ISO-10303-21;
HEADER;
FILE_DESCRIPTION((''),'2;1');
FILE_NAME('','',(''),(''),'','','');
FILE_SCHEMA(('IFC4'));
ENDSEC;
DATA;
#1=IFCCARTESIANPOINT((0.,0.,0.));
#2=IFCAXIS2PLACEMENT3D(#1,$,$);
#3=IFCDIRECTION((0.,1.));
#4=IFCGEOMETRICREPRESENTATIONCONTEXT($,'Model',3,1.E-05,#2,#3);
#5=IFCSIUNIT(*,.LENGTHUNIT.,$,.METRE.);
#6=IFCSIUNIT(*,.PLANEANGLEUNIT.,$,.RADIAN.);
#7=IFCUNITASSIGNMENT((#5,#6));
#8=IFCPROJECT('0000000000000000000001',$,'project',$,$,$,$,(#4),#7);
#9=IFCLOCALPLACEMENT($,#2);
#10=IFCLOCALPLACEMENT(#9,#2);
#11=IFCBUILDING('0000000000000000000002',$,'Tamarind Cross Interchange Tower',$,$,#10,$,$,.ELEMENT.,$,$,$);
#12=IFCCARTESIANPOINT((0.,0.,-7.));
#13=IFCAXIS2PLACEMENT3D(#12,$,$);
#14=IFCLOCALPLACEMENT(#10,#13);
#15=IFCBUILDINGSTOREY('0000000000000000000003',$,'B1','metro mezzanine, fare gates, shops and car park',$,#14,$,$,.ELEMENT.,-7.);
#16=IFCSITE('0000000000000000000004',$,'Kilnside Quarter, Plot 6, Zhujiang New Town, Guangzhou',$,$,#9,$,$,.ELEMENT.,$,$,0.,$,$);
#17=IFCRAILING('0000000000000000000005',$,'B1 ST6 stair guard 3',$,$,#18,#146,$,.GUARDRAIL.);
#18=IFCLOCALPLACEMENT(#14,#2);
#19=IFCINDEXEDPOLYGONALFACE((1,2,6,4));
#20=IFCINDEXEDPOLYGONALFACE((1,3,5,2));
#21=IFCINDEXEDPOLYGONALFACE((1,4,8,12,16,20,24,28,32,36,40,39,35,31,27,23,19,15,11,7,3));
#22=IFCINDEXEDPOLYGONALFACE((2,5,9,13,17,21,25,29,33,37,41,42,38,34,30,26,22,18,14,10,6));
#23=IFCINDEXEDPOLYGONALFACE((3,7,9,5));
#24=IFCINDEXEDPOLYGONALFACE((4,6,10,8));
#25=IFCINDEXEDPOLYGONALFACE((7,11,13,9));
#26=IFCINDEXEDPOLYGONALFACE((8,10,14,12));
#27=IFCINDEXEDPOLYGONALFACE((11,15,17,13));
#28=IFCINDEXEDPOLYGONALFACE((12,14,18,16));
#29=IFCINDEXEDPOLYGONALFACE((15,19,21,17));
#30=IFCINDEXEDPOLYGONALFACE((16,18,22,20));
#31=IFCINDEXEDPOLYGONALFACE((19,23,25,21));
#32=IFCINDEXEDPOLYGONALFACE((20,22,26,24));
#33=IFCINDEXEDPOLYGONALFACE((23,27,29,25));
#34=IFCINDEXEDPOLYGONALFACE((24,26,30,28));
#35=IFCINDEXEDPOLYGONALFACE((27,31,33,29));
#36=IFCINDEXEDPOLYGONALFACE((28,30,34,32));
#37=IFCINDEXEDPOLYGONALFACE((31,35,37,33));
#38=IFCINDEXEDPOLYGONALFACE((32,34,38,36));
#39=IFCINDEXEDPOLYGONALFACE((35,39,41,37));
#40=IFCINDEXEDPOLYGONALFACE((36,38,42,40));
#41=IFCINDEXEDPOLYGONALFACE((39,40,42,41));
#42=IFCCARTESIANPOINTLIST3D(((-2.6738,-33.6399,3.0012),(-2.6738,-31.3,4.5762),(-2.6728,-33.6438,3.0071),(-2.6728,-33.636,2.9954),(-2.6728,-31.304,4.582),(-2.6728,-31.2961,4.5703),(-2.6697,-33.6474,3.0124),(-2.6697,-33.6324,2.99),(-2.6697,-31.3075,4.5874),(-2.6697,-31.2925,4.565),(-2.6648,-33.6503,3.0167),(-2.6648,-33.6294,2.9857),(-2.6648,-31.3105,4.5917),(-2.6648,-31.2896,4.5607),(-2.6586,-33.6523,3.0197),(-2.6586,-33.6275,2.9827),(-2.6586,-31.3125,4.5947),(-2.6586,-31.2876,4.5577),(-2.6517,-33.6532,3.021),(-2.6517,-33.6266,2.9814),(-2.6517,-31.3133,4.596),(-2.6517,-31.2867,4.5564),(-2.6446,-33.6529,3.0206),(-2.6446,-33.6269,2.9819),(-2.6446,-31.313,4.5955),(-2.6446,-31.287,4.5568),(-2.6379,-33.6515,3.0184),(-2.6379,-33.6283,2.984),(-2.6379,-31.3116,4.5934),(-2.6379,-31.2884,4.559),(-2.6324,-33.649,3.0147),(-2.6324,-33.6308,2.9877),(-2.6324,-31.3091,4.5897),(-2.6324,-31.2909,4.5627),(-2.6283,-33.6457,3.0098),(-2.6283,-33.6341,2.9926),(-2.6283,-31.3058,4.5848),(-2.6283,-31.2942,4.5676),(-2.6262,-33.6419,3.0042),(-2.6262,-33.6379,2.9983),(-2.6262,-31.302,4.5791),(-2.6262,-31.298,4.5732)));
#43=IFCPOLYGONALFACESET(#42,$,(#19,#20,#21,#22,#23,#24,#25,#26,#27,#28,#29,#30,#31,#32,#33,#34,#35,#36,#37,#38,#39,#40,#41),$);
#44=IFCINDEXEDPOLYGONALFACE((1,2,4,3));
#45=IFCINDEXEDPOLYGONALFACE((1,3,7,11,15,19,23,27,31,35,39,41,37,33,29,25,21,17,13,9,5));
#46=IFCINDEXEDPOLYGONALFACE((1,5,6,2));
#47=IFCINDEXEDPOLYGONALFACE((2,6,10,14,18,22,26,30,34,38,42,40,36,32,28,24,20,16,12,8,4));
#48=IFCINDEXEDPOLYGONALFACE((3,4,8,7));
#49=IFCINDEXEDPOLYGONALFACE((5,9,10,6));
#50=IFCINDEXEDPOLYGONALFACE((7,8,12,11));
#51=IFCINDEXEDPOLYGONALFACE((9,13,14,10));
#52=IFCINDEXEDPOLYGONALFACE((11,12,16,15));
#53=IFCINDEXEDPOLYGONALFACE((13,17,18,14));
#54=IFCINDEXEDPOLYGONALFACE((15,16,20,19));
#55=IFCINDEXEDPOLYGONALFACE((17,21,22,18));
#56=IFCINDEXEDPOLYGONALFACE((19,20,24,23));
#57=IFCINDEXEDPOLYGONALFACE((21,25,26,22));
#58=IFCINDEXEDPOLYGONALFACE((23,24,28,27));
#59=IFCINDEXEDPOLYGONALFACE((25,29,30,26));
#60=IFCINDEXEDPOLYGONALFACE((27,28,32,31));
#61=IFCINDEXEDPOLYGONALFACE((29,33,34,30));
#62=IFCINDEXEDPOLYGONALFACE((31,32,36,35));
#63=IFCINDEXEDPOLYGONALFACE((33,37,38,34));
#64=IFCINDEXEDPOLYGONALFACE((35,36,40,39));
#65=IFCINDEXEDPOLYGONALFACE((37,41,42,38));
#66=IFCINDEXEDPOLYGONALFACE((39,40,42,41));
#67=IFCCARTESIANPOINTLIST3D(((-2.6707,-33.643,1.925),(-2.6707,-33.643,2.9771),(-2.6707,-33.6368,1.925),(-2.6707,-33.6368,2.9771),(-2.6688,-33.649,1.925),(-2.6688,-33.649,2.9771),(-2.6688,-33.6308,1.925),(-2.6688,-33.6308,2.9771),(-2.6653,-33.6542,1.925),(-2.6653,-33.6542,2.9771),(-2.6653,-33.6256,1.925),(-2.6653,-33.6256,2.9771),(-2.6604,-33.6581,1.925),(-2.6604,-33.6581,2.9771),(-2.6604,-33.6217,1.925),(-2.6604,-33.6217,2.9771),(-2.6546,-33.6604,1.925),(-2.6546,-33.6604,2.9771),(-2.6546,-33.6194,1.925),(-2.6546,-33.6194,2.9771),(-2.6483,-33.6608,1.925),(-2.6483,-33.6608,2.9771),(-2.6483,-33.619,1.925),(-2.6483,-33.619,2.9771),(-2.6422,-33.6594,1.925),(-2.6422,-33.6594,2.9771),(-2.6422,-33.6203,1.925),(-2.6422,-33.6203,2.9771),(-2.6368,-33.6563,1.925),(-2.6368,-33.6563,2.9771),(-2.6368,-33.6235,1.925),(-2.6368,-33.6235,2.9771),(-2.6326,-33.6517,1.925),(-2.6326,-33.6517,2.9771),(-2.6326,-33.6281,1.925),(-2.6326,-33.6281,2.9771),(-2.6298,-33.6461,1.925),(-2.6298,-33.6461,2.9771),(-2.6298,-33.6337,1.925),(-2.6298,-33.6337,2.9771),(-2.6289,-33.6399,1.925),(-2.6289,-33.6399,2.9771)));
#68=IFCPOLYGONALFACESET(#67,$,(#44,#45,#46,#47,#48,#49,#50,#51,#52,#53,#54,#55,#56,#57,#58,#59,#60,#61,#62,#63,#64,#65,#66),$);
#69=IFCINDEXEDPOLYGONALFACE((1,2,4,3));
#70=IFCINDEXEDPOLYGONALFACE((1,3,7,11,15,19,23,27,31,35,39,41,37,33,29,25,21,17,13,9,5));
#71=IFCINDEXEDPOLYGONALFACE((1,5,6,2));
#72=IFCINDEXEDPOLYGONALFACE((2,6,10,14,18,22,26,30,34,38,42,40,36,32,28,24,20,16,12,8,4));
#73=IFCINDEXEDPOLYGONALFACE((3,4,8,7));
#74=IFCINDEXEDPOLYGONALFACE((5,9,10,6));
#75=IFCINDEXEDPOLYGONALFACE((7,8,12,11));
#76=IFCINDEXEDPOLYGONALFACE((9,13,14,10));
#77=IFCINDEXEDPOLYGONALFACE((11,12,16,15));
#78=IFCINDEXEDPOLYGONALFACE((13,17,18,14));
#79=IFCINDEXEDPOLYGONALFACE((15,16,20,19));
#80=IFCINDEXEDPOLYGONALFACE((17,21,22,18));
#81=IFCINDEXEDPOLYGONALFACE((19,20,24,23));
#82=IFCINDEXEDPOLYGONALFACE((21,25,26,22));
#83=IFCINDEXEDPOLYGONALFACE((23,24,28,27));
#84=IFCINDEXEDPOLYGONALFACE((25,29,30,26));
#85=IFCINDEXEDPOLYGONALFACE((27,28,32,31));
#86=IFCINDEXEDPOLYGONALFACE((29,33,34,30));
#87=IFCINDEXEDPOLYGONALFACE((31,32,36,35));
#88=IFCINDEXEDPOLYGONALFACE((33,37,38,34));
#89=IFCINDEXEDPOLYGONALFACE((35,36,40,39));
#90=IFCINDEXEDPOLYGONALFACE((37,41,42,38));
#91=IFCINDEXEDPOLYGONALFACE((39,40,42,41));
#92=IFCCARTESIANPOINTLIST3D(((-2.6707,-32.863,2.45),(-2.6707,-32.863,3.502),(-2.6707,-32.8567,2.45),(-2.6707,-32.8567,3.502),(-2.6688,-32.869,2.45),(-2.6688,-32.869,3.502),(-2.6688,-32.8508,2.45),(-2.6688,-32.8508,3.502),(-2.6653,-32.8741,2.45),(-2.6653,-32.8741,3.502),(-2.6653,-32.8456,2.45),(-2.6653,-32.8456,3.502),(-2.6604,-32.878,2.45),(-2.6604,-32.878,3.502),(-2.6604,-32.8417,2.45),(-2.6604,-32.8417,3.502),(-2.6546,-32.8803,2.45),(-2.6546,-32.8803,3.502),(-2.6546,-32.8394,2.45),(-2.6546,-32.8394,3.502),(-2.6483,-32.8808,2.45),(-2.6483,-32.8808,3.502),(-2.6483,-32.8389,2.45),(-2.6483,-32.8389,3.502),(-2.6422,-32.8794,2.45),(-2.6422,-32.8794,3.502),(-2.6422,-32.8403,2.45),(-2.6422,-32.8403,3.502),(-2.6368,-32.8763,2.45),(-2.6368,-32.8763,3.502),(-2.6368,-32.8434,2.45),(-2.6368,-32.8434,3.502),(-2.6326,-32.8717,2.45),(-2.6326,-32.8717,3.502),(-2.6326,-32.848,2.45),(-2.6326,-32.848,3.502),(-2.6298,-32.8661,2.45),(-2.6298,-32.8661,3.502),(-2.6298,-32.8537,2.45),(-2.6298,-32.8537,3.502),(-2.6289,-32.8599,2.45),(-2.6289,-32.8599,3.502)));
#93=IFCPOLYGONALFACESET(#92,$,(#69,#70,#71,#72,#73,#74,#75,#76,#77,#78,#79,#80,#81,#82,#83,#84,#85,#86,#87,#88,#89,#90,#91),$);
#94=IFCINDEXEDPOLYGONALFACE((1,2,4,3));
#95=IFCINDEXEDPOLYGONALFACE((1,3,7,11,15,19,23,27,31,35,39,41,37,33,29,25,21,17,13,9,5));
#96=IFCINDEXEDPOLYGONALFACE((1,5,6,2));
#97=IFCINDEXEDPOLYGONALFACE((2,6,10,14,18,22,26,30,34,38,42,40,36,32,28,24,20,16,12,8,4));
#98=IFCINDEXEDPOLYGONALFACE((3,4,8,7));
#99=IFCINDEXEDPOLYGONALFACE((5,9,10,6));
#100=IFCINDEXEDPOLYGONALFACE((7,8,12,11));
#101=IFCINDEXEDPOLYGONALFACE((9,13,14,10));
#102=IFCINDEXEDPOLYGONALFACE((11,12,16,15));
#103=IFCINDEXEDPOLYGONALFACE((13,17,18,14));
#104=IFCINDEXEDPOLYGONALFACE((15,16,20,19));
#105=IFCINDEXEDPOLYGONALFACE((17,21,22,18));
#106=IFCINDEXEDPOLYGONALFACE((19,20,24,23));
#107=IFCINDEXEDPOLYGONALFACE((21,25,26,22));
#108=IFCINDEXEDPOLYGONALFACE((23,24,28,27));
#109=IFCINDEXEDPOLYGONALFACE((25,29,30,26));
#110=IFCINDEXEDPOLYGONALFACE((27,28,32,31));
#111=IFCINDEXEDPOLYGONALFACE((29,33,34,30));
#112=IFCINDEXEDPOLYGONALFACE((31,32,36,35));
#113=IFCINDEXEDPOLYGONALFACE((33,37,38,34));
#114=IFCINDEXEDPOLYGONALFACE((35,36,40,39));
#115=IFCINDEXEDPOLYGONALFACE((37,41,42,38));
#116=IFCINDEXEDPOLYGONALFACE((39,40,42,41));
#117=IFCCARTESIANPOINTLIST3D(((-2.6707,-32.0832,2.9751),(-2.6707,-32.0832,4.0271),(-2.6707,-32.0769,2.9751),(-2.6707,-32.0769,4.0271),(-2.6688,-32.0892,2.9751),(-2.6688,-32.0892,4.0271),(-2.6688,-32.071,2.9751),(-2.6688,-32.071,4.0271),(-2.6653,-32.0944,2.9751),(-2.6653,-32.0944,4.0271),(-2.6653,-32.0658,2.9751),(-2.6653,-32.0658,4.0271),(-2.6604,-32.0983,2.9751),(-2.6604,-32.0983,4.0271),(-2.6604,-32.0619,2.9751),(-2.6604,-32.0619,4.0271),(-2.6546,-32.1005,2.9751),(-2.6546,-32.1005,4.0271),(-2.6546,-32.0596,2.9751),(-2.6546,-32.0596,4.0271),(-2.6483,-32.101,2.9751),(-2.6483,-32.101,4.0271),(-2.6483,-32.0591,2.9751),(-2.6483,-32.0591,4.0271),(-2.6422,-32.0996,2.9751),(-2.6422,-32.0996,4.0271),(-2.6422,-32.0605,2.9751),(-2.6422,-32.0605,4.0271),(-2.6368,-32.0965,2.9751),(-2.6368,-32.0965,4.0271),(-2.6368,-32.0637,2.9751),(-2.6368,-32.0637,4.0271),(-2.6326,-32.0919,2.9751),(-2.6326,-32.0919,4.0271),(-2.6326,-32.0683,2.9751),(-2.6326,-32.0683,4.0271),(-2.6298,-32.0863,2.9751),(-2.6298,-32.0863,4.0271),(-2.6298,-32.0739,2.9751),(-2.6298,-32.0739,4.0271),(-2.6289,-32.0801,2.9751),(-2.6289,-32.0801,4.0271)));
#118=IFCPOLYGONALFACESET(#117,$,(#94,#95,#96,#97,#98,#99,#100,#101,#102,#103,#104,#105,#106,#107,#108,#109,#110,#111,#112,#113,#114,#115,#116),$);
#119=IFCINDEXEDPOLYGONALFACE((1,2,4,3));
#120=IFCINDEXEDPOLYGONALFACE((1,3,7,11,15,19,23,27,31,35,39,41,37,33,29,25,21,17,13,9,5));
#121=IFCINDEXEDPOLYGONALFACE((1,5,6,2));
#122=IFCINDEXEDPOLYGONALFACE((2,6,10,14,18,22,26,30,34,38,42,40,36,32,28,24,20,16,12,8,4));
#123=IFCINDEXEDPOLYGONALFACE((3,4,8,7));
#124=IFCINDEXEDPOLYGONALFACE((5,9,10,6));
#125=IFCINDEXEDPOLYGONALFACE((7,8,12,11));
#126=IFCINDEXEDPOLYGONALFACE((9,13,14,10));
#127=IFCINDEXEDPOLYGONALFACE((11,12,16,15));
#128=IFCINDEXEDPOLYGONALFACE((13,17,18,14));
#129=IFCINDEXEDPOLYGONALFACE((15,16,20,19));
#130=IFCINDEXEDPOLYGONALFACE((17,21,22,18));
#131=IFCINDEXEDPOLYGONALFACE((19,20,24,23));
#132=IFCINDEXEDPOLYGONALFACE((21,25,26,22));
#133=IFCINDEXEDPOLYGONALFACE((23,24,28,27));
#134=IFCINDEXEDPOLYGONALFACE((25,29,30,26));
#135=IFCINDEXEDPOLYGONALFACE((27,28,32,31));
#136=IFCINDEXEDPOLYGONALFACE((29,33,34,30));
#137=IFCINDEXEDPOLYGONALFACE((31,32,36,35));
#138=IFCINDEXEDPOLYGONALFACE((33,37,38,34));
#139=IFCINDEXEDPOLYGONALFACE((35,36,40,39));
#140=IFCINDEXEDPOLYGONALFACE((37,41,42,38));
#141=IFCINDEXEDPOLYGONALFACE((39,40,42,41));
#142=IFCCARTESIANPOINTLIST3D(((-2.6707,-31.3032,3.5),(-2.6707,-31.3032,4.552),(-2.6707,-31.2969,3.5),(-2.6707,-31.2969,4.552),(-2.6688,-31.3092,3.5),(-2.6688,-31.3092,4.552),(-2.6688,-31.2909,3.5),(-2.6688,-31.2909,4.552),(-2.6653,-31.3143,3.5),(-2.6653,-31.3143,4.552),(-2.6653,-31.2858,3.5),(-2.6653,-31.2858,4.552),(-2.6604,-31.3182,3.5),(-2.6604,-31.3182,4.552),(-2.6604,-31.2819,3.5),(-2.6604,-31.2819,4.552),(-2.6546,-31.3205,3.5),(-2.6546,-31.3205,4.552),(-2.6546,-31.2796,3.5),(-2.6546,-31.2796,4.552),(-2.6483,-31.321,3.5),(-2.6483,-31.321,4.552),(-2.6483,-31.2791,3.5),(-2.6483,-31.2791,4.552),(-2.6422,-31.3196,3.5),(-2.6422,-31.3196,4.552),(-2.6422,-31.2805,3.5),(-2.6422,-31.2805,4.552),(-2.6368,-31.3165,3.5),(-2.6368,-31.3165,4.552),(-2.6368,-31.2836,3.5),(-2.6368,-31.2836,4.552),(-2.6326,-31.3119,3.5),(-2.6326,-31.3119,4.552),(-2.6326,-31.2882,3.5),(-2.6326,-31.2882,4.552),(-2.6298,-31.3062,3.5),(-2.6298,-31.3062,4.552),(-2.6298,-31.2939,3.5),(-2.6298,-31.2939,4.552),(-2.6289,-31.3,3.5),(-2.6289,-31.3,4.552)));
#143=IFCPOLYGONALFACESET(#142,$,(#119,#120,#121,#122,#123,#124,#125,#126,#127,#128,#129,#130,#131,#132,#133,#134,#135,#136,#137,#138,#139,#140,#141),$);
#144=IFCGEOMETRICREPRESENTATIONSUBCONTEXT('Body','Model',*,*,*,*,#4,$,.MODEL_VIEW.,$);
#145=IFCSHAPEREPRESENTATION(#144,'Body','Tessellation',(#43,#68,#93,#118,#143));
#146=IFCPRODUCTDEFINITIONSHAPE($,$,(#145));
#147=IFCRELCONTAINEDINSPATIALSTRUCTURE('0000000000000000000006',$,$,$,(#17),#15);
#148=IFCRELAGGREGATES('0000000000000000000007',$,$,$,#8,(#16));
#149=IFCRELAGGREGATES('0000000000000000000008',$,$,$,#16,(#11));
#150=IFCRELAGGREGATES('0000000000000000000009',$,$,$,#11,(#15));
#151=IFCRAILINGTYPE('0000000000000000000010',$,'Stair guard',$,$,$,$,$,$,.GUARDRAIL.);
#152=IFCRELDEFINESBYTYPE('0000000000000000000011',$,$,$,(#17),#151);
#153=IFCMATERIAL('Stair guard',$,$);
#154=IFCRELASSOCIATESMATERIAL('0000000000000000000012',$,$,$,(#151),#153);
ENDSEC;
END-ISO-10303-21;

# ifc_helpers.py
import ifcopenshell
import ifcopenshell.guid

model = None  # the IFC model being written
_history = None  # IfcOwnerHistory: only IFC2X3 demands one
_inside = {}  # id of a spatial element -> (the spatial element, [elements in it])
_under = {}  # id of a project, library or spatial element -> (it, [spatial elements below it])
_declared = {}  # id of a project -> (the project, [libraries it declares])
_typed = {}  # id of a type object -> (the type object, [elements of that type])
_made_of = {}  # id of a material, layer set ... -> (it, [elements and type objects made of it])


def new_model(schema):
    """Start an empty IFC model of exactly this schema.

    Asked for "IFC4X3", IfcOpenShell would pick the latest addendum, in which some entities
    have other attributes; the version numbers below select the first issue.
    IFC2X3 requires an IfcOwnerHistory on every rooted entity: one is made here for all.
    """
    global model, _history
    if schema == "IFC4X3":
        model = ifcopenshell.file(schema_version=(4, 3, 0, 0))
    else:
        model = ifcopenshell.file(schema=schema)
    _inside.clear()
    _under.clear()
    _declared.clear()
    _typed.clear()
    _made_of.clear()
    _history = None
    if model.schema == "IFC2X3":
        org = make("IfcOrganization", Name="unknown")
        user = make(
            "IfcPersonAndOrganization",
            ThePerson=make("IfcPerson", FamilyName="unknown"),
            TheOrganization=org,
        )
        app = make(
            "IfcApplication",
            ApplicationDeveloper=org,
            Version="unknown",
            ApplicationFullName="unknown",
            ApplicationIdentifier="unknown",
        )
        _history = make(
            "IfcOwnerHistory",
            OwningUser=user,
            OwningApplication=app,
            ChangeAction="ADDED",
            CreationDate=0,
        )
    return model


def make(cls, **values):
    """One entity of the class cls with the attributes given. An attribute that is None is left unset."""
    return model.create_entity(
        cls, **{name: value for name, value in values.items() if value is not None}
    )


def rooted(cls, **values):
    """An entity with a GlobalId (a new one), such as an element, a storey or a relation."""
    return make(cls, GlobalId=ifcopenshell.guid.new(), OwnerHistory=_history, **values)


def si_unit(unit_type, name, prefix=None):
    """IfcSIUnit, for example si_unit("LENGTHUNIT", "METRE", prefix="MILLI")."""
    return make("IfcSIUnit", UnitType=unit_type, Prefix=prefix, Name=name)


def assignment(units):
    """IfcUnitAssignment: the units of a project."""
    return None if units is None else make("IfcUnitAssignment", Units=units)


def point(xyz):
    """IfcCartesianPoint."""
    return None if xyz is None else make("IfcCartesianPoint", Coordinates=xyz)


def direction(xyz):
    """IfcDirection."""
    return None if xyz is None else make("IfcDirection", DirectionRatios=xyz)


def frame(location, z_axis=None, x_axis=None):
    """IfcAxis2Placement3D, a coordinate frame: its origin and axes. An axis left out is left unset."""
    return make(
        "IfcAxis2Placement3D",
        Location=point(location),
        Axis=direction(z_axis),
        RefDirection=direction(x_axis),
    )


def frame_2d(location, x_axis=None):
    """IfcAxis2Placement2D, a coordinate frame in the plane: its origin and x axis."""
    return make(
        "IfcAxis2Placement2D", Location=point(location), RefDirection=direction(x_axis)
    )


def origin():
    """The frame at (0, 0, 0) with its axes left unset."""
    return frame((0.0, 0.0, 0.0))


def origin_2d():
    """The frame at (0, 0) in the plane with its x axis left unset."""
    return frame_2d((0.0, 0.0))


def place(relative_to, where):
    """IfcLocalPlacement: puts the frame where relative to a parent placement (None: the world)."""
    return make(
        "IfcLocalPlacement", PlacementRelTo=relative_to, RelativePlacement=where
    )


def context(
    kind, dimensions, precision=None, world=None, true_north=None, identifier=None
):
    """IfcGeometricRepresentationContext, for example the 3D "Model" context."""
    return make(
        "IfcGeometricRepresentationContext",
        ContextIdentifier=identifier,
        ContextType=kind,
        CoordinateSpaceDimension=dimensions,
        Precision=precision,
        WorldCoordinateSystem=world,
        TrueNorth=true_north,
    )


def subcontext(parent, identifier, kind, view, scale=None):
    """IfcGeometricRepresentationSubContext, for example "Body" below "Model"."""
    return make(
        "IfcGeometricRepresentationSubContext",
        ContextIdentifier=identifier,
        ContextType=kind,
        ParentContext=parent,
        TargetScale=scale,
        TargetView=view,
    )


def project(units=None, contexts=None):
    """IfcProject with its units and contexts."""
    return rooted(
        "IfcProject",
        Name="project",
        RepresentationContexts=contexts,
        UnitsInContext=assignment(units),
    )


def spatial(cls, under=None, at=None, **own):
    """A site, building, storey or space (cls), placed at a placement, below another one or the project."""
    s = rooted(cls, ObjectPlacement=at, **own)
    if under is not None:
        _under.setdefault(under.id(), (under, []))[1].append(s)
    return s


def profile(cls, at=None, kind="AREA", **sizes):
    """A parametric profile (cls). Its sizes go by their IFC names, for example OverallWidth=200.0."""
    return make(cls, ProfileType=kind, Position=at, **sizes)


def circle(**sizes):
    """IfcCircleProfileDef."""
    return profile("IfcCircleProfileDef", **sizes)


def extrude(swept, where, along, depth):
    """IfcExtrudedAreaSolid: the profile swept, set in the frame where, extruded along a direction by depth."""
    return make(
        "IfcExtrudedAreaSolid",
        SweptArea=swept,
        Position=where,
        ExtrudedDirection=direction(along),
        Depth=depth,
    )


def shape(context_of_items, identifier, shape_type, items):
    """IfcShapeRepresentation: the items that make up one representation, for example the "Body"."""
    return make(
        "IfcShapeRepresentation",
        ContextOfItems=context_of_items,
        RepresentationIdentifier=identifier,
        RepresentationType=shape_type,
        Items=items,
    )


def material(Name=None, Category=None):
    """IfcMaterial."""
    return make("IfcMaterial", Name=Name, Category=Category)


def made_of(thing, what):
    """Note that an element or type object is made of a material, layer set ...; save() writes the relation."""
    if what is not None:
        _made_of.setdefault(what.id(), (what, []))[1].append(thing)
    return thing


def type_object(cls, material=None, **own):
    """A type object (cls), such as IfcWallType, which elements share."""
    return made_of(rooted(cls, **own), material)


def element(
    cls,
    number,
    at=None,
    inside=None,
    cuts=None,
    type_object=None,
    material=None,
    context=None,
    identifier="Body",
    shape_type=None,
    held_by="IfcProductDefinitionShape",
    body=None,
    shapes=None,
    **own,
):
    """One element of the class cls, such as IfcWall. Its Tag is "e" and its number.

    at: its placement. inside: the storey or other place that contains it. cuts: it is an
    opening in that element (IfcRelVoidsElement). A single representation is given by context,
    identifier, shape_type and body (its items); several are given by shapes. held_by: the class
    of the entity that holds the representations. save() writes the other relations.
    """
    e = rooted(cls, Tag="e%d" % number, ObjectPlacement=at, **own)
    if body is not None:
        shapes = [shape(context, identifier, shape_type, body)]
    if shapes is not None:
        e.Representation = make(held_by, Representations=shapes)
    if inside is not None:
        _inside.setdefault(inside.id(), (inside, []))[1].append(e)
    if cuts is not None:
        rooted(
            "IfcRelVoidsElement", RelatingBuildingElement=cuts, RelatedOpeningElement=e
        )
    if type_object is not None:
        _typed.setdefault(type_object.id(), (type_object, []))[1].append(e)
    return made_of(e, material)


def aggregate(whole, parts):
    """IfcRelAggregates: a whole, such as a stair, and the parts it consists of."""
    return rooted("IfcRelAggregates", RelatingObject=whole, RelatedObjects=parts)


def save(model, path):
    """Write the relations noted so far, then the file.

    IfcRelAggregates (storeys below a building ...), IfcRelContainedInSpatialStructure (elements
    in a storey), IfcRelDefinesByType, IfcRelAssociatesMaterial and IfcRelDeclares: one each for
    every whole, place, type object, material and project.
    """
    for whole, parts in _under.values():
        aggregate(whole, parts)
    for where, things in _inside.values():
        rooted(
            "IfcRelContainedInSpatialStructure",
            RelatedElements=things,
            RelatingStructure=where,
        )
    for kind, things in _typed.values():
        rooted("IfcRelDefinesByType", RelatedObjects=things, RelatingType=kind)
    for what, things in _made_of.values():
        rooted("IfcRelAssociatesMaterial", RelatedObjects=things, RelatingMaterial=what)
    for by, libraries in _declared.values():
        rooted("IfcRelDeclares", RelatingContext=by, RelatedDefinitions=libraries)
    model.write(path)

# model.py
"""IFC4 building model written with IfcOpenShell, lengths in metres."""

from ifc_helpers import new_model, si_unit, direction, frame, origin, origin_2d, place, context, subcontext, project, spatial, circle, extrude, material, type_object, element, save


model = new_model("IFC4")

# Units and contexts
model_context = context("Model", 3, precision=1e-05, world=origin(), true_north=direction((0.0, 1.0)))
body_context = subcontext(model_context, "Body", "Model", "MODEL_VIEW")
ifc_project = project(units=[si_unit("LENGTHUNIT", "METRE"), si_unit("PLANEANGLEUNIT", "RADIAN")], contexts=[model_context])

# Site, building, storey
site_placement = place(None, origin())
site = spatial("IfcSite", under=ifc_project, at=site_placement, Name="Kilnside Quarter, Plot 6, Zhujiang New Town, Guangzhou", CompositionType="ELEMENT", RefElevation=0.0)
building_placement = place(site_placement, origin())
building = spatial("IfcBuilding", under=site, at=building_placement, Name="Tamarind Cross Interchange Tower", CompositionType="ELEMENT")
storey_placement = place(building_placement, frame((0.0, 0.0, -7.0)))
storey = spatial("IfcBuildingStorey", under=building, at=storey_placement, Name="B1", Description="metro mezzanine, fare gates, shops and car park", CompositionType="ELEMENT", Elevation=-7.0)

# Railing
ifc_material_1 = material(Name="Stair guard")
railing_type_1 = type_object("IfcRailingType", Name="Stair guard", PredefinedType="GUARDRAIL", material=ifc_material_1)
railing_1_placement = place(storey_placement, frame((-2.6499, -33.6399, 1.925)))
element("IfcRailing", 1, at=railing_1_placement, inside=storey, type_object=railing_type_1, Name="B1 ST6 stair guard 3", PredefinedType="GUARDRAIL", context=body_context, shape_type="SweptSolid", body=[
    extrude(circle(Radius=0.0239, at=origin_2d()), frame((0.0, 0.0, 1.0762), z_axis=(0.0, 0.829578, 0.55839), x_axis=(-1.0, 0.0, 0.0)), (0.0, 0.0, 1.0), 2.8206),
    extrude(circle(Radius=0.021, at=origin_2d()), origin(), (0.0, 0.0, 1.0), 1.052),
    extrude(circle(Radius=0.021, at=origin_2d()), frame((0.0, 0.78, 0.5249)), (0.0, 0.0, 1.0), 1.052),
    extrude(circle(Radius=0.021, at=origin_2d()), frame((0.0, 1.5598, 1.05)), (0.0, 0.0, 1.0), 1.052),
    extrude(circle(Radius=0.021, at=origin_2d()), frame((0.0, 2.3398, 1.575)), (0.0, 0.0, 1.0), 1.052),
])

save(model, "model.ifc")
